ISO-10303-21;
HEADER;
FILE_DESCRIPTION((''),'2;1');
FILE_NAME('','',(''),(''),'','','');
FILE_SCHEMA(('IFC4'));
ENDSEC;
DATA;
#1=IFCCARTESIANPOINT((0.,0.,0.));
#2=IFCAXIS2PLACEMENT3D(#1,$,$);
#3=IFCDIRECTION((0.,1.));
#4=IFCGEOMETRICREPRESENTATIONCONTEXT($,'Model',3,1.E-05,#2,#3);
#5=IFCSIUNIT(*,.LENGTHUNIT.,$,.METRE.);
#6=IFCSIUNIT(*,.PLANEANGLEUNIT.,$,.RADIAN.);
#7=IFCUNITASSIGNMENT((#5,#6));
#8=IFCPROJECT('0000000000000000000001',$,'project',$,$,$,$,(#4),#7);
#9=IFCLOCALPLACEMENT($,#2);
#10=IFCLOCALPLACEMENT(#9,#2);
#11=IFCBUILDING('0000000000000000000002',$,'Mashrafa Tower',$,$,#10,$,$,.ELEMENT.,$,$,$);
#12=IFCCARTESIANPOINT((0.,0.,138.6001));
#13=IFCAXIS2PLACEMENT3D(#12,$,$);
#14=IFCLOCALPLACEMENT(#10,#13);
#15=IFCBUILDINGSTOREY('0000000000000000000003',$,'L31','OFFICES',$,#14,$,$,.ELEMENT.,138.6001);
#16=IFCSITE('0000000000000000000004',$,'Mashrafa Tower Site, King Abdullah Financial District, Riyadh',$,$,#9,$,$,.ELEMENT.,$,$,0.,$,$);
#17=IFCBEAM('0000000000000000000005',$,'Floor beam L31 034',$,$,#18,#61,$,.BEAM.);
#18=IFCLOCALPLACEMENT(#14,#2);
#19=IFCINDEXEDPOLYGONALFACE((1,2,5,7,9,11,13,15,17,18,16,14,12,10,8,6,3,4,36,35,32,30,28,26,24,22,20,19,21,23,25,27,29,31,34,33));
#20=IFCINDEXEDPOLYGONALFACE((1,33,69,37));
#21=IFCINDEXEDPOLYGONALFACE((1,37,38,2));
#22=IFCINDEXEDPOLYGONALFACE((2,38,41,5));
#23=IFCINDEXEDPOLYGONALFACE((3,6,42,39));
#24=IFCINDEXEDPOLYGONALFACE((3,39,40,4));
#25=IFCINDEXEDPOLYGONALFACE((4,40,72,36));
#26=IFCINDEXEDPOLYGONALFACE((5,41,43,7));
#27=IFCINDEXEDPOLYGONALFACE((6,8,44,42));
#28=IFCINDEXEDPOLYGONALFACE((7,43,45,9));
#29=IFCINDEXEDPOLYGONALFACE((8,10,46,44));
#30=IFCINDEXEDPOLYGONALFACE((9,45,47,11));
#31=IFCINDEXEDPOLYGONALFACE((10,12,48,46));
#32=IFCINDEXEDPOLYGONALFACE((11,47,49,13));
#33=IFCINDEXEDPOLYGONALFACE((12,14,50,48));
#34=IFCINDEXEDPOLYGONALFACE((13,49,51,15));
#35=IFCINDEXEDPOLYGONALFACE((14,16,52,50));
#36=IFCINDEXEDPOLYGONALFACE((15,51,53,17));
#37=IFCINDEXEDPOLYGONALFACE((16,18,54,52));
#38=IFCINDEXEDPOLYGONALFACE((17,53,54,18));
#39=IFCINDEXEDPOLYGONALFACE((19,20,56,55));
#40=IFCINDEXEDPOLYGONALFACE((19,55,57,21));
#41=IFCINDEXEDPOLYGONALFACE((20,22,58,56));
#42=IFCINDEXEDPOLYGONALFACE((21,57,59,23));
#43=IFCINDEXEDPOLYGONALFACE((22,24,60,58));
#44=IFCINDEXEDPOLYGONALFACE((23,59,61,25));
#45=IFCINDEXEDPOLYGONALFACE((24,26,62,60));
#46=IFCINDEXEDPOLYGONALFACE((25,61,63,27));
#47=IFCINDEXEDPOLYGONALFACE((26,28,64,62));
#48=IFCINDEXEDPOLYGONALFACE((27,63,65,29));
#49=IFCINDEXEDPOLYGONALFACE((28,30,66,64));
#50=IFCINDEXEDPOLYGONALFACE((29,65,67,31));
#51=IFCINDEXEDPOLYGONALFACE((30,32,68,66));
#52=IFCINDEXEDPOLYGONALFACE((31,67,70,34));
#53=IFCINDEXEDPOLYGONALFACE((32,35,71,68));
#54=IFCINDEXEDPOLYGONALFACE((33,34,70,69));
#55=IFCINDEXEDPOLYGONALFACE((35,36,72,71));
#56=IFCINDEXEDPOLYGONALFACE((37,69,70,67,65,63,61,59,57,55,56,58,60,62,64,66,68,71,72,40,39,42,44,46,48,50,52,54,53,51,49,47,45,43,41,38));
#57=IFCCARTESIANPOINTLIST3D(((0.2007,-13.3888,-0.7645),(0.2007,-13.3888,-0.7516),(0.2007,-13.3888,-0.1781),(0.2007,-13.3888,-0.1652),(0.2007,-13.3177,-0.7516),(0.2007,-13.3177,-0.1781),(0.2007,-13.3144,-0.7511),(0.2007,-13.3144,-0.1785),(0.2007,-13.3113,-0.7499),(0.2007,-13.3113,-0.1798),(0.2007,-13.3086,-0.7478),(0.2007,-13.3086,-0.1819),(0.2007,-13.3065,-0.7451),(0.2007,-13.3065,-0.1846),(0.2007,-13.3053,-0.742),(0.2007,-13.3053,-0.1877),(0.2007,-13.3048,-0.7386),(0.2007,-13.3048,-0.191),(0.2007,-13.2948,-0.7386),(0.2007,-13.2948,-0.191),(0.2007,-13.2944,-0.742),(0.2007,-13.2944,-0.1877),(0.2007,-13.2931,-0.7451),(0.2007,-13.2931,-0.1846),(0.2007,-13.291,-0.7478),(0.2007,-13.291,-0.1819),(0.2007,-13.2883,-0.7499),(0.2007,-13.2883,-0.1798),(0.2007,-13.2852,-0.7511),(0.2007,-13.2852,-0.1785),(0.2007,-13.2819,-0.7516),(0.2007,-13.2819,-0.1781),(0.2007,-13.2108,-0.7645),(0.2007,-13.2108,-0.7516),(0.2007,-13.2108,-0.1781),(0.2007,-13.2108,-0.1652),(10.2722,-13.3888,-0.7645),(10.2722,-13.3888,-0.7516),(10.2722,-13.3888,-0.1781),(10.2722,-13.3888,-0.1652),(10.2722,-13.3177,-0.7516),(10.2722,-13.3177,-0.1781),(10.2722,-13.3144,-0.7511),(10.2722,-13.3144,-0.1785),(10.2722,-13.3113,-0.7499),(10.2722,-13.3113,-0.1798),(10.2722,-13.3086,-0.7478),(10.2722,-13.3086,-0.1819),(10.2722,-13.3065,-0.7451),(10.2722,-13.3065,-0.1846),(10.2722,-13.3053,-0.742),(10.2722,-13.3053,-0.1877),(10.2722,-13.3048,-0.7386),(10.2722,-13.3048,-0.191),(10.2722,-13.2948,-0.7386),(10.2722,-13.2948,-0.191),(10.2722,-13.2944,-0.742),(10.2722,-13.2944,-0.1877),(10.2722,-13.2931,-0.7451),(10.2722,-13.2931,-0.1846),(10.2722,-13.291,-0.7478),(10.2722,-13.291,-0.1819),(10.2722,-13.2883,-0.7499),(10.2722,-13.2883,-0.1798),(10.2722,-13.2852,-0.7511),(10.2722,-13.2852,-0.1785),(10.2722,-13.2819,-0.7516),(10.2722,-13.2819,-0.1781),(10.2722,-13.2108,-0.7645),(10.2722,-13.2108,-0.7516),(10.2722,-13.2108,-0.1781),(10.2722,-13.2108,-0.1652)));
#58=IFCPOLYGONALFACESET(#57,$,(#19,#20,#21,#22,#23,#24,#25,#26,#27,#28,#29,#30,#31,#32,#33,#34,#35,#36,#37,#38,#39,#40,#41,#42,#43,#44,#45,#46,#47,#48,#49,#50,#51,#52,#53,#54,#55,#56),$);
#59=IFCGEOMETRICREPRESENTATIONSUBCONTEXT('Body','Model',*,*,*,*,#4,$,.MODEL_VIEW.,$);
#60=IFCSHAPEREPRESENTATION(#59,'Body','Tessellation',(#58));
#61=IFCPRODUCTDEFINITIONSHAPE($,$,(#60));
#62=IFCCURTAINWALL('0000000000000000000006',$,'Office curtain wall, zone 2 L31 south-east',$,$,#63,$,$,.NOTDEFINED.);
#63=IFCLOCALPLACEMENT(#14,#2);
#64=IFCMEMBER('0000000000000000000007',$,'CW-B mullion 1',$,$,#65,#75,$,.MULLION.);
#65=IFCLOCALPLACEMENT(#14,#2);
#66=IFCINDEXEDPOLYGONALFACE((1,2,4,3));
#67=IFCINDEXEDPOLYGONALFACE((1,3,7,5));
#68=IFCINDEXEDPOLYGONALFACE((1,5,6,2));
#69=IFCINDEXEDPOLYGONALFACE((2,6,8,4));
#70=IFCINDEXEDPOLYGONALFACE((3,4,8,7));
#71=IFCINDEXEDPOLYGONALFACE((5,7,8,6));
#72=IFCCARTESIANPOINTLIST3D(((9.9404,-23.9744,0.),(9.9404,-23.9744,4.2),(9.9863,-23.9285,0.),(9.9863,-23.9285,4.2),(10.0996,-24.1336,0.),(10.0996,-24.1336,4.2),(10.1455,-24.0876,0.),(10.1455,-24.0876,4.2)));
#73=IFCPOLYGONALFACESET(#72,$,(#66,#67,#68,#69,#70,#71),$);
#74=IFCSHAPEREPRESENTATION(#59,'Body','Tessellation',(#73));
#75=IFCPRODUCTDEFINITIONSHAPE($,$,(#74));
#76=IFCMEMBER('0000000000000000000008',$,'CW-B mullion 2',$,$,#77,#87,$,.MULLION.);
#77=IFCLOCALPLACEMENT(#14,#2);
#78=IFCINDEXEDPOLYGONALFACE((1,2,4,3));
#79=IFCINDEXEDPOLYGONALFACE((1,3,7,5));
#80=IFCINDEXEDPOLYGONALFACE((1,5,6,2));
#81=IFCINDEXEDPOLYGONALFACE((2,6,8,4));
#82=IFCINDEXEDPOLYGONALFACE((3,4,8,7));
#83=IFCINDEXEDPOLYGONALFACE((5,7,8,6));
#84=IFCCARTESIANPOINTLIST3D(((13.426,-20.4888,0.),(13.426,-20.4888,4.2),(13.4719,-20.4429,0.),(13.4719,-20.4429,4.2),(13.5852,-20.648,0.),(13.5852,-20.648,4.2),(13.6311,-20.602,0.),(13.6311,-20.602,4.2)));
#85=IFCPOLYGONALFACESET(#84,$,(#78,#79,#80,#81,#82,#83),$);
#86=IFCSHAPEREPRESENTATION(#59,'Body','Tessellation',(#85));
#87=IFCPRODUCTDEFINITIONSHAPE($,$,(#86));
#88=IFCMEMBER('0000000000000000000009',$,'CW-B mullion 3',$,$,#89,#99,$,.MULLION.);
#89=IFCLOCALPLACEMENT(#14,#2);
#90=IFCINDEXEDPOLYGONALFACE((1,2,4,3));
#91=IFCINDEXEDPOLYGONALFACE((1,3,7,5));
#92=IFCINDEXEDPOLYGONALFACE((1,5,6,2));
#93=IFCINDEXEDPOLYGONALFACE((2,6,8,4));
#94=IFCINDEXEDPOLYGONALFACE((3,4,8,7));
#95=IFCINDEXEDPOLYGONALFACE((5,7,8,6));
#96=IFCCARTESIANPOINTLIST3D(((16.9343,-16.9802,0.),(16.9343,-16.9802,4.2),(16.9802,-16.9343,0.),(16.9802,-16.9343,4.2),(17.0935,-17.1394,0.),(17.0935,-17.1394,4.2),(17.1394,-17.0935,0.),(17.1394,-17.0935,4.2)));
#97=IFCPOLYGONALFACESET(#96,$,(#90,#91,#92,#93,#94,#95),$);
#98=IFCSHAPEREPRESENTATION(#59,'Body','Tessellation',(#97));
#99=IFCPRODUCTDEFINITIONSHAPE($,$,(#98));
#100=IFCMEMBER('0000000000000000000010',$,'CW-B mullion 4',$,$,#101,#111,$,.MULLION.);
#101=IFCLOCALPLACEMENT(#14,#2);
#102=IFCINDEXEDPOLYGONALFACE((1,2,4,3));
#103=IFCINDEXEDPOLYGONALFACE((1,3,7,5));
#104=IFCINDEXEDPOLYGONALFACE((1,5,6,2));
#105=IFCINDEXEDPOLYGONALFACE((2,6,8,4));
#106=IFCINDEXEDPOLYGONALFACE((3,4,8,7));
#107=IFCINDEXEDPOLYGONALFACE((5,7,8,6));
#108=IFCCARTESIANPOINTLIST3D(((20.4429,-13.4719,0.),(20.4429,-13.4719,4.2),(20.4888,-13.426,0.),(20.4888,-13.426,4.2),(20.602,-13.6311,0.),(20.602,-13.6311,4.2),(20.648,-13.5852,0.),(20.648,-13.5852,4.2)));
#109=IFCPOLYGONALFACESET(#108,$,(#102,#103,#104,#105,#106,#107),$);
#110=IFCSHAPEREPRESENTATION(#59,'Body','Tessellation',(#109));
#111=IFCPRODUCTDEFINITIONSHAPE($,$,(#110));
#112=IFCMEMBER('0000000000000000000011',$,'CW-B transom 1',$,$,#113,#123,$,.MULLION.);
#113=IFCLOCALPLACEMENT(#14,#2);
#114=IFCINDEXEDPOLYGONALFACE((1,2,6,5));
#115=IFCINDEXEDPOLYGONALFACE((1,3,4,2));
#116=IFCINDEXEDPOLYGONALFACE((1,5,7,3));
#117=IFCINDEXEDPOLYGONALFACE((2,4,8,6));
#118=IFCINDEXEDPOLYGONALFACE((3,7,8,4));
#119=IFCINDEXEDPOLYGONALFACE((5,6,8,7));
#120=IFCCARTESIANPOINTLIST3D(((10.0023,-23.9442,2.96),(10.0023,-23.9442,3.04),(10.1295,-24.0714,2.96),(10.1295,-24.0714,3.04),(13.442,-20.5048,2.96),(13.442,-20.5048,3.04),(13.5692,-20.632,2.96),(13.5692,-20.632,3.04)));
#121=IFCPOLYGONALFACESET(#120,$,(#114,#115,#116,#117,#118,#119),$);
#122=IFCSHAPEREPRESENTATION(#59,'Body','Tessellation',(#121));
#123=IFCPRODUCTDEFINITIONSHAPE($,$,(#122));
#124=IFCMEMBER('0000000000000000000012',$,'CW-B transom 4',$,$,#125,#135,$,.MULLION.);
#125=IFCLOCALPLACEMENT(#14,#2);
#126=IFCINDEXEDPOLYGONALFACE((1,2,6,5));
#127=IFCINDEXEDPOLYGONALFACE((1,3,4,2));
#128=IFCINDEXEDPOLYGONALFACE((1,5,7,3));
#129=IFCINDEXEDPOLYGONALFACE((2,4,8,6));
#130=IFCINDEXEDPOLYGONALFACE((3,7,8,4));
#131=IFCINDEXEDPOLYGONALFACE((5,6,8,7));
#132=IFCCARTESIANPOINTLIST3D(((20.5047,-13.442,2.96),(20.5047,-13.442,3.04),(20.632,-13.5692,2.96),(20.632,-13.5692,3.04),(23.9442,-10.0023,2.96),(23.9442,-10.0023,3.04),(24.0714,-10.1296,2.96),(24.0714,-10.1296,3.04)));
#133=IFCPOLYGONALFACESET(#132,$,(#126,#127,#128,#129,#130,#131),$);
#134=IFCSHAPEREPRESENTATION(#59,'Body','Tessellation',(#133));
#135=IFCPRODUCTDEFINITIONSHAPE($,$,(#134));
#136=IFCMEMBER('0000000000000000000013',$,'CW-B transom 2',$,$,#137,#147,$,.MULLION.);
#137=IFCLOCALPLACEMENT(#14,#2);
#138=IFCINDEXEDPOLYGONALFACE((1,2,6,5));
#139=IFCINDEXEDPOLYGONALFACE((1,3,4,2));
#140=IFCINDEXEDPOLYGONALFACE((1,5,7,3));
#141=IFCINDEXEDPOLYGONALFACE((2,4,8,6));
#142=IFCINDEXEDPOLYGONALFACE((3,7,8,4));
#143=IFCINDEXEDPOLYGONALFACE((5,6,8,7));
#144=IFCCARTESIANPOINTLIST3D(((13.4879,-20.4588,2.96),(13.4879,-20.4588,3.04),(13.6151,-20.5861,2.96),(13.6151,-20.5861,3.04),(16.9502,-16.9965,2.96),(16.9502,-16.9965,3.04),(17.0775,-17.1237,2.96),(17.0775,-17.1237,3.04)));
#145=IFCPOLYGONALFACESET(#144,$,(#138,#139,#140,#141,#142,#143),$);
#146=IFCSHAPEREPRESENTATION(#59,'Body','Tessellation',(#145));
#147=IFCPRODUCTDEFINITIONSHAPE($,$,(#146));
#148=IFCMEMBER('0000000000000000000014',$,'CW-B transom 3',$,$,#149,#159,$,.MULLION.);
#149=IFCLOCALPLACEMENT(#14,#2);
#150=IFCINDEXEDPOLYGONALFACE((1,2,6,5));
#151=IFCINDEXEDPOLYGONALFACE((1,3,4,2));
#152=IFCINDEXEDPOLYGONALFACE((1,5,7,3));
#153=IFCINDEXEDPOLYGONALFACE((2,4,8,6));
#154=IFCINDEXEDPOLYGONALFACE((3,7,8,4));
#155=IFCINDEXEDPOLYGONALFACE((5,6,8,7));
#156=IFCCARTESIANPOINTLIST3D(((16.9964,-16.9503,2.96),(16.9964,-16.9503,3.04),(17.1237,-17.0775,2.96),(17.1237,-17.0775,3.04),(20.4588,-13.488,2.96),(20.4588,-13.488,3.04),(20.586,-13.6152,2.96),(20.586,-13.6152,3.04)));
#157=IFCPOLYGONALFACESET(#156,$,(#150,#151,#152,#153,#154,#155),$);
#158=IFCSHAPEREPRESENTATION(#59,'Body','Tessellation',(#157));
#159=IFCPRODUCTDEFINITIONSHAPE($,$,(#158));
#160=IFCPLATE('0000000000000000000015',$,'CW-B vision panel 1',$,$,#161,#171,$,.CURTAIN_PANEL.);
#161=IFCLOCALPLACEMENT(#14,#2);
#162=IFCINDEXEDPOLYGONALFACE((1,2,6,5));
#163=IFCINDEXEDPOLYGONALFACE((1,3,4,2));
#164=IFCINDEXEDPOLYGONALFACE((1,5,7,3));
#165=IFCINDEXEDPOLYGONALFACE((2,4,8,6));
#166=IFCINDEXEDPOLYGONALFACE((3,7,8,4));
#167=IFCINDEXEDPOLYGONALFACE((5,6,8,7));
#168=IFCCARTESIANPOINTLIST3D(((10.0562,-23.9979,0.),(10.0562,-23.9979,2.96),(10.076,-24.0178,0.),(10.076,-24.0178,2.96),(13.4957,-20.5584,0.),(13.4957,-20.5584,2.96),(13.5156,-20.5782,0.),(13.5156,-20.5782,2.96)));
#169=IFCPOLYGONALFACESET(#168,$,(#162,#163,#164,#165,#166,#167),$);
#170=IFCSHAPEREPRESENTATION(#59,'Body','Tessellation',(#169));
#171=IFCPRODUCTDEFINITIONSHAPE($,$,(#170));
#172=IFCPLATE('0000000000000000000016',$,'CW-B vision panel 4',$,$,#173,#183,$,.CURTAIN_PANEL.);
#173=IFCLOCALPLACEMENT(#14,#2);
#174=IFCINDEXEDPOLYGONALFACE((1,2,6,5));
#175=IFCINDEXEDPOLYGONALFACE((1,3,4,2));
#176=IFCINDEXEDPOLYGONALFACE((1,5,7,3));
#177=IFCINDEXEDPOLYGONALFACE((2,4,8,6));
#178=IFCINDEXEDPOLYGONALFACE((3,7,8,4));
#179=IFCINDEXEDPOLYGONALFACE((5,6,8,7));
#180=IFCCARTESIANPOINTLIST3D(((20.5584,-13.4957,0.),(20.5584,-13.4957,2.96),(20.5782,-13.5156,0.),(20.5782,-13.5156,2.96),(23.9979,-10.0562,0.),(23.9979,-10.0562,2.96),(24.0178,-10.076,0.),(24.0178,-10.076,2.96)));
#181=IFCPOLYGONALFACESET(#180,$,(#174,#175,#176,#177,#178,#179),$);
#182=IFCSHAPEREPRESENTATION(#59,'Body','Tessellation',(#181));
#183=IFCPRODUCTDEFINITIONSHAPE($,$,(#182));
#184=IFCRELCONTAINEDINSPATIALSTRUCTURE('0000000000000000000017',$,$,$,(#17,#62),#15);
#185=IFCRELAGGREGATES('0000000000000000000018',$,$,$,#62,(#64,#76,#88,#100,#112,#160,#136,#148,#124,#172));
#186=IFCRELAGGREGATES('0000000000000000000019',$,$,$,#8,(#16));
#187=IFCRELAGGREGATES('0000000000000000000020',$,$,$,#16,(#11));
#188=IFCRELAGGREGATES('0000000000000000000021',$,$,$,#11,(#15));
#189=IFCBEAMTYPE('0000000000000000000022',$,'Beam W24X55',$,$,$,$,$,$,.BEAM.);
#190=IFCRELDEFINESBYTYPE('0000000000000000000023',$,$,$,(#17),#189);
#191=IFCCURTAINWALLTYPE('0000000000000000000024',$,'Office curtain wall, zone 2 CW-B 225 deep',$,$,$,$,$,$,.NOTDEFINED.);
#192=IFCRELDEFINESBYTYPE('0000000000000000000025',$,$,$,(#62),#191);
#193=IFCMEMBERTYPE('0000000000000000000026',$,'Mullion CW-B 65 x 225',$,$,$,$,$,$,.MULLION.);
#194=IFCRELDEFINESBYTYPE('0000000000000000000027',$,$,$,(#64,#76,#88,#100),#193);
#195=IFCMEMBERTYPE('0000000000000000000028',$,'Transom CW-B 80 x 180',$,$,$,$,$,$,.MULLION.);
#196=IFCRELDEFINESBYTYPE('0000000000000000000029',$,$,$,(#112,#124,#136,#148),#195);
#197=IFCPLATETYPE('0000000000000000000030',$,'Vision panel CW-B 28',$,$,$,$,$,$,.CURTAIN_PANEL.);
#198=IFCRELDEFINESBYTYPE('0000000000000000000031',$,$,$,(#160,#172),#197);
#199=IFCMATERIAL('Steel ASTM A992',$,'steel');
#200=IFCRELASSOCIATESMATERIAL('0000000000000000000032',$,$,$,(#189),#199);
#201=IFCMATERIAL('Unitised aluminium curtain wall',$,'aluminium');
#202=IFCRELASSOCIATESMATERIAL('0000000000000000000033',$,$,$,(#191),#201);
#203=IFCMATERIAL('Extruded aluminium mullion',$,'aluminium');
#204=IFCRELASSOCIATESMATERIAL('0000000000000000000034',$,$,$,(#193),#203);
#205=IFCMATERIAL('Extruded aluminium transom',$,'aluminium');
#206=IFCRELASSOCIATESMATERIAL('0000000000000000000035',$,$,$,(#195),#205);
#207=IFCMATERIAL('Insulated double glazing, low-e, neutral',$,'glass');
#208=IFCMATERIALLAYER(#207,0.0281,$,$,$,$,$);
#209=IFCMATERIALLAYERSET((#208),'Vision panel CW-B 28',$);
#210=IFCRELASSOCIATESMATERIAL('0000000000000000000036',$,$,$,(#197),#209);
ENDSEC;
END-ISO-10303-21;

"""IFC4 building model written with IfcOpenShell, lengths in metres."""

from ifc_helpers import new_model, si_unit, direction, frame, origin, origin_2d, place, context, subcontext, project, spatial, rectangle, i_section, extrude, source, transform, mapped, material, layer, layer_set, material_profile, profile_set, type_object, type_shapes, element, aggregate, save


model = new_model("IFC4")

# Units and contexts
model_context = context("Model", 3, precision=1e-05, world=origin(), true_north=direction((0.0, 1.0)))
body_context = subcontext(model_context, "Body", "Model", "MODEL_VIEW")
ifc_project = project(units=[si_unit("LENGTHUNIT", "METRE"), si_unit("PLANEANGLEUNIT", "RADIAN")], contexts=[model_context])

# Site, building, storey
site_placement = place(None, origin())
site = spatial("IfcSite", under=ifc_project, at=site_placement, Name="Mashrafa Tower Site, King Abdullah Financial District, Riyadh", CompositionType="ELEMENT", RefElevation=0.0)
building_placement = place(site_placement, origin())
building = spatial("IfcBuilding", under=site, at=building_placement, Name="Mashrafa Tower", CompositionType="ELEMENT")
storey_placement = place(building_placement, frame((0.0, 0.0, 138.6001)))
storey = spatial("IfcBuildingStorey", under=building, at=storey_placement, Name="L31", Description="OFFICES", CompositionType="ELEMENT", Elevation=138.6001)

# Beam
ifc_material_1 = material(Name="Steel ASTM A992", Category="steel")
ifc_material_profile_1 = material_profile(ifc_material_1, i_section(OverallWidth=0.178, OverallDepth=0.5994, WebThickness=0.01, FlangeThickness=0.0129, FilletRadius=0.0129, at=origin_2d()), Name="W24X55")
ifc_profile_set_1 = profile_set([ifc_material_profile_1], Name="Steel ASTM A992")
beam_type_1 = type_object("IfcBeamType", Name="Beam W24X55", PredefinedType="BEAM", material=ifc_profile_set_1)
beam_1_placement = place(storey_placement, frame((10.2722, -13.2998, -0.4648), z_axis=(-1.0, 0.0, 0.0), x_axis=(0.0, -1.0, 0.0)))
element("IfcBeam", 1, at=beam_1_placement, inside=storey, type_object=beam_type_1, Name="Floor beam L31 034", PredefinedType="BEAM", context=body_context, shape_type="SweptSolid", body=[
    extrude(i_section(OverallWidth=0.178, OverallDepth=0.5994, WebThickness=0.01, FlangeThickness=0.0129, FilletRadius=0.0129, at=origin_2d()), origin(), (0.0, 0.0, 1.0), 10.0715),
])

# Curtain wall, members, plates
ifc_material_2 = material(Name="Unitised aluminium curtain wall", Category="aluminium")
curtain_wall_type = type_object("IfcCurtainWallType", Name="Office curtain wall, zone 2 CW-B 225 deep", PredefinedType="NOTDEFINED", material=ifc_material_2)
curtain_wall_placement = place(storey_placement, origin())
curtain_wall = element("IfcCurtainWall", 2, at=curtain_wall_placement, inside=storey, type_object=curtain_wall_type, Name="Office curtain wall, zone 2 L31 south-east", PredefinedType="NOTDEFINED")
ifc_material_3 = material(Name="Extruded aluminium mullion", Category="aluminium")
ifc_material_profile_2 = material_profile(ifc_material_3, rectangle(XDim=0.2251, YDim=0.0649, at=origin_2d()), Name="Mullion 65x225")
ifc_profile_set_2 = profile_set([ifc_material_profile_2], Name="Extruded aluminium mullion")
member_type_1 = type_object("IfcMemberType", Name="Mullion CW-B 65 x 225", PredefinedType="MULLION", material=ifc_profile_set_2)
shared_shape_1 = source(origin(), body_context, "Body", "SweptSolid", [
    extrude(rectangle(XDim=0.2251, YDim=0.0649, at=origin_2d()), origin(), (0.0, 0.0, 1.0), 4.2),
])
type_shapes(member_type_1, [shared_shape_1])
member_1_placement = place(storey_placement, frame((10.043, -24.031, 0.0), z_axis=(0.0, 0.0, 1.0), x_axis=(-0.707107, 0.707107, 0.0)))
member_1 = element("IfcMember", 3, at=member_1_placement, type_object=member_type_1, Name="CW-B mullion 1", PredefinedType="MULLION", context=body_context, shape_type="MappedRepresentation", body=[
    mapped(shared_shape_1, transform((0.0, 0.0, 0.0))),
])
member_2_placement = place(storey_placement, frame((13.5286, -20.5454, 0.0), z_axis=(0.0, 0.0, 1.0), x_axis=(-0.707107, 0.707107, 0.0)))
member_2 = element("IfcMember", 4, at=member_2_placement, type_object=member_type_1, Name="CW-B mullion 2", PredefinedType="MULLION", context=body_context, shape_type="MappedRepresentation", body=[
    mapped(shared_shape_1, transform((0.0, 0.0, 0.0))),
])
member_3_placement = place(storey_placement, frame((17.0369, -17.0369, 0.0), z_axis=(0.0, 0.0, 1.0), x_axis=(-0.707107, 0.707107, 0.0)))
member_3 = element("IfcMember", 5, at=member_3_placement, type_object=member_type_1, Name="CW-B mullion 3", PredefinedType="MULLION", context=body_context, shape_type="MappedRepresentation", body=[
    mapped(shared_shape_1, transform((0.0, 0.0, 0.0))),
])
member_4_placement = place(storey_placement, frame((20.5454, -13.5286, 0.0), z_axis=(0.0, 0.0, 1.0), x_axis=(-0.707107, 0.707107, 0.0)))
member_4 = element("IfcMember", 6, at=member_4_placement, type_object=member_type_1, Name="CW-B mullion 4", PredefinedType="MULLION", context=body_context, shape_type="MappedRepresentation", body=[
    mapped(shared_shape_1, transform((0.0, 0.0, 0.0))),
])
ifc_material_4 = material(Name="Extruded aluminium transom", Category="aluminium")
ifc_material_profile_3 = material_profile(ifc_material_4, rectangle(XDim=0.1799, YDim=0.0801, at=origin_2d()), Name="Transom 80x180")
ifc_profile_set_3 = profile_set([ifc_material_profile_3], Name="Extruded aluminium transom")
member_type_2 = type_object("IfcMemberType", Name="Transom CW-B 80 x 180", PredefinedType="MULLION", material=ifc_profile_set_3)
shared_shape_2 = source(origin(), body_context, "Body", "SweptSolid", [
    extrude(rectangle(XDim=0.1799, YDim=0.0801, at=origin_2d()), origin(), (0.0, 0.0, 1.0), 4.8643),
])
member_5_placement = place(storey_placement, frame((10.0659, -24.0078, 3.0), z_axis=(0.707132, 0.707082, 0.0), x_axis=(-0.707082, 0.707132, 0.0)))
member_5 = element("IfcMember", 7, at=member_5_placement, type_object=member_type_2, Name="CW-B transom 1", PredefinedType="MULLION", context=body_context, shape_type="MappedRepresentation", body=[
    mapped(shared_shape_2, transform((0.0, 0.0, 0.0))),
])
member_6_placement = place(storey_placement, frame((20.5684, -13.5056, 3.0), z_axis=(0.707082, 0.707132, 0.0), x_axis=(-0.707132, 0.707082, 0.0)))
member_6 = element("IfcMember", 8, at=member_6_placement, type_object=member_type_2, Name="CW-B transom 4", PredefinedType="MULLION", context=body_context, shape_type="MappedRepresentation", body=[
    mapped(shared_shape_2, transform((0.0, 0.0, 0.0))),
])
shared_shape_3 = source(origin(), body_context, "Body", "SweptSolid", [
    extrude(rectangle(XDim=0.1799, YDim=0.0801, at=origin_2d()), origin(), (0.0, 0.0, 1.0), 4.8965),
])
type_shapes(member_type_2, [shared_shape_2, shared_shape_3])
member_7_placement = place(storey_placement, frame((13.5515, -20.5225, 3.0), z_axis=(0.707107, 0.707107, 0.0), x_axis=(-0.707107, 0.707107, 0.0)))
member_7 = element("IfcMember", 9, at=member_7_placement, type_object=member_type_2, Name="CW-B transom 2", PredefinedType="MULLION", context=body_context, shape_type="MappedRepresentation", body=[
    mapped(shared_shape_3, transform((0.0, 0.0, 0.0))),
])
member_8_placement = place(storey_placement, frame((17.0601, -17.0139, 3.0), z_axis=(0.707107, 0.707107, 0.0), x_axis=(-0.707107, 0.707107, 0.0)))
member_8 = element("IfcMember", 10, at=member_8_placement, type_object=member_type_2, Name="CW-B transom 3", PredefinedType="MULLION", context=body_context, shape_type="MappedRepresentation", body=[
    mapped(shared_shape_3, transform((0.0, 0.0, 0.0))),
])
ifc_material_5 = material(Name="Insulated double glazing, low-e, neutral", Category="glass")
ifc_layer_1 = layer(ifc_material_5, 0.0281)
ifc_layer_set_1 = layer_set([ifc_layer_1], Name="Vision panel CW-B 28")
plate_type_1 = type_object("IfcPlateType", Name="Vision panel CW-B 28", PredefinedType="CURTAIN_PANEL", material=ifc_layer_set_1)
shared_shape_4 = source(origin(), body_context, "Body", "SweptSolid", [
    extrude(rectangle(XDim=4.8643, YDim=0.0281, at=origin_2d()), origin(), (0.0, 0.0, 1.0), 2.96),
])
plate_1_placement = place(storey_placement, frame((11.7859, -22.2881, 0.0), z_axis=(0.0, 0.0, 1.0), x_axis=(0.707107, 0.707107, 0.0)))
plate_1 = element("IfcPlate", 11, at=plate_1_placement, type_object=plate_type_1, Name="CW-B vision panel 1", PredefinedType="CURTAIN_PANEL", context=body_context, shape_type="MappedRepresentation", body=[
    mapped(shared_shape_4, transform((0.0, 0.0, 0.0))),
])
plate_2_placement = place(storey_placement, frame((22.2881, -11.7859, 0.0), z_axis=(0.0, 0.0, 1.0), x_axis=(0.707107, 0.707107, 0.0)))
plate_2 = element("IfcPlate", 12, at=plate_2_placement, type_object=plate_type_1, Name="CW-B vision panel 4", PredefinedType="CURTAIN_PANEL", context=body_context, shape_type="MappedRepresentation", body=[
    mapped(shared_shape_4, transform((0.0, 0.0, 0.0))),
])
aggregate(curtain_wall, [member_1, member_2, member_3, member_4, member_5, plate_1, member_7, member_8, member_6, plate_2])

save(model, "model.ifc")
